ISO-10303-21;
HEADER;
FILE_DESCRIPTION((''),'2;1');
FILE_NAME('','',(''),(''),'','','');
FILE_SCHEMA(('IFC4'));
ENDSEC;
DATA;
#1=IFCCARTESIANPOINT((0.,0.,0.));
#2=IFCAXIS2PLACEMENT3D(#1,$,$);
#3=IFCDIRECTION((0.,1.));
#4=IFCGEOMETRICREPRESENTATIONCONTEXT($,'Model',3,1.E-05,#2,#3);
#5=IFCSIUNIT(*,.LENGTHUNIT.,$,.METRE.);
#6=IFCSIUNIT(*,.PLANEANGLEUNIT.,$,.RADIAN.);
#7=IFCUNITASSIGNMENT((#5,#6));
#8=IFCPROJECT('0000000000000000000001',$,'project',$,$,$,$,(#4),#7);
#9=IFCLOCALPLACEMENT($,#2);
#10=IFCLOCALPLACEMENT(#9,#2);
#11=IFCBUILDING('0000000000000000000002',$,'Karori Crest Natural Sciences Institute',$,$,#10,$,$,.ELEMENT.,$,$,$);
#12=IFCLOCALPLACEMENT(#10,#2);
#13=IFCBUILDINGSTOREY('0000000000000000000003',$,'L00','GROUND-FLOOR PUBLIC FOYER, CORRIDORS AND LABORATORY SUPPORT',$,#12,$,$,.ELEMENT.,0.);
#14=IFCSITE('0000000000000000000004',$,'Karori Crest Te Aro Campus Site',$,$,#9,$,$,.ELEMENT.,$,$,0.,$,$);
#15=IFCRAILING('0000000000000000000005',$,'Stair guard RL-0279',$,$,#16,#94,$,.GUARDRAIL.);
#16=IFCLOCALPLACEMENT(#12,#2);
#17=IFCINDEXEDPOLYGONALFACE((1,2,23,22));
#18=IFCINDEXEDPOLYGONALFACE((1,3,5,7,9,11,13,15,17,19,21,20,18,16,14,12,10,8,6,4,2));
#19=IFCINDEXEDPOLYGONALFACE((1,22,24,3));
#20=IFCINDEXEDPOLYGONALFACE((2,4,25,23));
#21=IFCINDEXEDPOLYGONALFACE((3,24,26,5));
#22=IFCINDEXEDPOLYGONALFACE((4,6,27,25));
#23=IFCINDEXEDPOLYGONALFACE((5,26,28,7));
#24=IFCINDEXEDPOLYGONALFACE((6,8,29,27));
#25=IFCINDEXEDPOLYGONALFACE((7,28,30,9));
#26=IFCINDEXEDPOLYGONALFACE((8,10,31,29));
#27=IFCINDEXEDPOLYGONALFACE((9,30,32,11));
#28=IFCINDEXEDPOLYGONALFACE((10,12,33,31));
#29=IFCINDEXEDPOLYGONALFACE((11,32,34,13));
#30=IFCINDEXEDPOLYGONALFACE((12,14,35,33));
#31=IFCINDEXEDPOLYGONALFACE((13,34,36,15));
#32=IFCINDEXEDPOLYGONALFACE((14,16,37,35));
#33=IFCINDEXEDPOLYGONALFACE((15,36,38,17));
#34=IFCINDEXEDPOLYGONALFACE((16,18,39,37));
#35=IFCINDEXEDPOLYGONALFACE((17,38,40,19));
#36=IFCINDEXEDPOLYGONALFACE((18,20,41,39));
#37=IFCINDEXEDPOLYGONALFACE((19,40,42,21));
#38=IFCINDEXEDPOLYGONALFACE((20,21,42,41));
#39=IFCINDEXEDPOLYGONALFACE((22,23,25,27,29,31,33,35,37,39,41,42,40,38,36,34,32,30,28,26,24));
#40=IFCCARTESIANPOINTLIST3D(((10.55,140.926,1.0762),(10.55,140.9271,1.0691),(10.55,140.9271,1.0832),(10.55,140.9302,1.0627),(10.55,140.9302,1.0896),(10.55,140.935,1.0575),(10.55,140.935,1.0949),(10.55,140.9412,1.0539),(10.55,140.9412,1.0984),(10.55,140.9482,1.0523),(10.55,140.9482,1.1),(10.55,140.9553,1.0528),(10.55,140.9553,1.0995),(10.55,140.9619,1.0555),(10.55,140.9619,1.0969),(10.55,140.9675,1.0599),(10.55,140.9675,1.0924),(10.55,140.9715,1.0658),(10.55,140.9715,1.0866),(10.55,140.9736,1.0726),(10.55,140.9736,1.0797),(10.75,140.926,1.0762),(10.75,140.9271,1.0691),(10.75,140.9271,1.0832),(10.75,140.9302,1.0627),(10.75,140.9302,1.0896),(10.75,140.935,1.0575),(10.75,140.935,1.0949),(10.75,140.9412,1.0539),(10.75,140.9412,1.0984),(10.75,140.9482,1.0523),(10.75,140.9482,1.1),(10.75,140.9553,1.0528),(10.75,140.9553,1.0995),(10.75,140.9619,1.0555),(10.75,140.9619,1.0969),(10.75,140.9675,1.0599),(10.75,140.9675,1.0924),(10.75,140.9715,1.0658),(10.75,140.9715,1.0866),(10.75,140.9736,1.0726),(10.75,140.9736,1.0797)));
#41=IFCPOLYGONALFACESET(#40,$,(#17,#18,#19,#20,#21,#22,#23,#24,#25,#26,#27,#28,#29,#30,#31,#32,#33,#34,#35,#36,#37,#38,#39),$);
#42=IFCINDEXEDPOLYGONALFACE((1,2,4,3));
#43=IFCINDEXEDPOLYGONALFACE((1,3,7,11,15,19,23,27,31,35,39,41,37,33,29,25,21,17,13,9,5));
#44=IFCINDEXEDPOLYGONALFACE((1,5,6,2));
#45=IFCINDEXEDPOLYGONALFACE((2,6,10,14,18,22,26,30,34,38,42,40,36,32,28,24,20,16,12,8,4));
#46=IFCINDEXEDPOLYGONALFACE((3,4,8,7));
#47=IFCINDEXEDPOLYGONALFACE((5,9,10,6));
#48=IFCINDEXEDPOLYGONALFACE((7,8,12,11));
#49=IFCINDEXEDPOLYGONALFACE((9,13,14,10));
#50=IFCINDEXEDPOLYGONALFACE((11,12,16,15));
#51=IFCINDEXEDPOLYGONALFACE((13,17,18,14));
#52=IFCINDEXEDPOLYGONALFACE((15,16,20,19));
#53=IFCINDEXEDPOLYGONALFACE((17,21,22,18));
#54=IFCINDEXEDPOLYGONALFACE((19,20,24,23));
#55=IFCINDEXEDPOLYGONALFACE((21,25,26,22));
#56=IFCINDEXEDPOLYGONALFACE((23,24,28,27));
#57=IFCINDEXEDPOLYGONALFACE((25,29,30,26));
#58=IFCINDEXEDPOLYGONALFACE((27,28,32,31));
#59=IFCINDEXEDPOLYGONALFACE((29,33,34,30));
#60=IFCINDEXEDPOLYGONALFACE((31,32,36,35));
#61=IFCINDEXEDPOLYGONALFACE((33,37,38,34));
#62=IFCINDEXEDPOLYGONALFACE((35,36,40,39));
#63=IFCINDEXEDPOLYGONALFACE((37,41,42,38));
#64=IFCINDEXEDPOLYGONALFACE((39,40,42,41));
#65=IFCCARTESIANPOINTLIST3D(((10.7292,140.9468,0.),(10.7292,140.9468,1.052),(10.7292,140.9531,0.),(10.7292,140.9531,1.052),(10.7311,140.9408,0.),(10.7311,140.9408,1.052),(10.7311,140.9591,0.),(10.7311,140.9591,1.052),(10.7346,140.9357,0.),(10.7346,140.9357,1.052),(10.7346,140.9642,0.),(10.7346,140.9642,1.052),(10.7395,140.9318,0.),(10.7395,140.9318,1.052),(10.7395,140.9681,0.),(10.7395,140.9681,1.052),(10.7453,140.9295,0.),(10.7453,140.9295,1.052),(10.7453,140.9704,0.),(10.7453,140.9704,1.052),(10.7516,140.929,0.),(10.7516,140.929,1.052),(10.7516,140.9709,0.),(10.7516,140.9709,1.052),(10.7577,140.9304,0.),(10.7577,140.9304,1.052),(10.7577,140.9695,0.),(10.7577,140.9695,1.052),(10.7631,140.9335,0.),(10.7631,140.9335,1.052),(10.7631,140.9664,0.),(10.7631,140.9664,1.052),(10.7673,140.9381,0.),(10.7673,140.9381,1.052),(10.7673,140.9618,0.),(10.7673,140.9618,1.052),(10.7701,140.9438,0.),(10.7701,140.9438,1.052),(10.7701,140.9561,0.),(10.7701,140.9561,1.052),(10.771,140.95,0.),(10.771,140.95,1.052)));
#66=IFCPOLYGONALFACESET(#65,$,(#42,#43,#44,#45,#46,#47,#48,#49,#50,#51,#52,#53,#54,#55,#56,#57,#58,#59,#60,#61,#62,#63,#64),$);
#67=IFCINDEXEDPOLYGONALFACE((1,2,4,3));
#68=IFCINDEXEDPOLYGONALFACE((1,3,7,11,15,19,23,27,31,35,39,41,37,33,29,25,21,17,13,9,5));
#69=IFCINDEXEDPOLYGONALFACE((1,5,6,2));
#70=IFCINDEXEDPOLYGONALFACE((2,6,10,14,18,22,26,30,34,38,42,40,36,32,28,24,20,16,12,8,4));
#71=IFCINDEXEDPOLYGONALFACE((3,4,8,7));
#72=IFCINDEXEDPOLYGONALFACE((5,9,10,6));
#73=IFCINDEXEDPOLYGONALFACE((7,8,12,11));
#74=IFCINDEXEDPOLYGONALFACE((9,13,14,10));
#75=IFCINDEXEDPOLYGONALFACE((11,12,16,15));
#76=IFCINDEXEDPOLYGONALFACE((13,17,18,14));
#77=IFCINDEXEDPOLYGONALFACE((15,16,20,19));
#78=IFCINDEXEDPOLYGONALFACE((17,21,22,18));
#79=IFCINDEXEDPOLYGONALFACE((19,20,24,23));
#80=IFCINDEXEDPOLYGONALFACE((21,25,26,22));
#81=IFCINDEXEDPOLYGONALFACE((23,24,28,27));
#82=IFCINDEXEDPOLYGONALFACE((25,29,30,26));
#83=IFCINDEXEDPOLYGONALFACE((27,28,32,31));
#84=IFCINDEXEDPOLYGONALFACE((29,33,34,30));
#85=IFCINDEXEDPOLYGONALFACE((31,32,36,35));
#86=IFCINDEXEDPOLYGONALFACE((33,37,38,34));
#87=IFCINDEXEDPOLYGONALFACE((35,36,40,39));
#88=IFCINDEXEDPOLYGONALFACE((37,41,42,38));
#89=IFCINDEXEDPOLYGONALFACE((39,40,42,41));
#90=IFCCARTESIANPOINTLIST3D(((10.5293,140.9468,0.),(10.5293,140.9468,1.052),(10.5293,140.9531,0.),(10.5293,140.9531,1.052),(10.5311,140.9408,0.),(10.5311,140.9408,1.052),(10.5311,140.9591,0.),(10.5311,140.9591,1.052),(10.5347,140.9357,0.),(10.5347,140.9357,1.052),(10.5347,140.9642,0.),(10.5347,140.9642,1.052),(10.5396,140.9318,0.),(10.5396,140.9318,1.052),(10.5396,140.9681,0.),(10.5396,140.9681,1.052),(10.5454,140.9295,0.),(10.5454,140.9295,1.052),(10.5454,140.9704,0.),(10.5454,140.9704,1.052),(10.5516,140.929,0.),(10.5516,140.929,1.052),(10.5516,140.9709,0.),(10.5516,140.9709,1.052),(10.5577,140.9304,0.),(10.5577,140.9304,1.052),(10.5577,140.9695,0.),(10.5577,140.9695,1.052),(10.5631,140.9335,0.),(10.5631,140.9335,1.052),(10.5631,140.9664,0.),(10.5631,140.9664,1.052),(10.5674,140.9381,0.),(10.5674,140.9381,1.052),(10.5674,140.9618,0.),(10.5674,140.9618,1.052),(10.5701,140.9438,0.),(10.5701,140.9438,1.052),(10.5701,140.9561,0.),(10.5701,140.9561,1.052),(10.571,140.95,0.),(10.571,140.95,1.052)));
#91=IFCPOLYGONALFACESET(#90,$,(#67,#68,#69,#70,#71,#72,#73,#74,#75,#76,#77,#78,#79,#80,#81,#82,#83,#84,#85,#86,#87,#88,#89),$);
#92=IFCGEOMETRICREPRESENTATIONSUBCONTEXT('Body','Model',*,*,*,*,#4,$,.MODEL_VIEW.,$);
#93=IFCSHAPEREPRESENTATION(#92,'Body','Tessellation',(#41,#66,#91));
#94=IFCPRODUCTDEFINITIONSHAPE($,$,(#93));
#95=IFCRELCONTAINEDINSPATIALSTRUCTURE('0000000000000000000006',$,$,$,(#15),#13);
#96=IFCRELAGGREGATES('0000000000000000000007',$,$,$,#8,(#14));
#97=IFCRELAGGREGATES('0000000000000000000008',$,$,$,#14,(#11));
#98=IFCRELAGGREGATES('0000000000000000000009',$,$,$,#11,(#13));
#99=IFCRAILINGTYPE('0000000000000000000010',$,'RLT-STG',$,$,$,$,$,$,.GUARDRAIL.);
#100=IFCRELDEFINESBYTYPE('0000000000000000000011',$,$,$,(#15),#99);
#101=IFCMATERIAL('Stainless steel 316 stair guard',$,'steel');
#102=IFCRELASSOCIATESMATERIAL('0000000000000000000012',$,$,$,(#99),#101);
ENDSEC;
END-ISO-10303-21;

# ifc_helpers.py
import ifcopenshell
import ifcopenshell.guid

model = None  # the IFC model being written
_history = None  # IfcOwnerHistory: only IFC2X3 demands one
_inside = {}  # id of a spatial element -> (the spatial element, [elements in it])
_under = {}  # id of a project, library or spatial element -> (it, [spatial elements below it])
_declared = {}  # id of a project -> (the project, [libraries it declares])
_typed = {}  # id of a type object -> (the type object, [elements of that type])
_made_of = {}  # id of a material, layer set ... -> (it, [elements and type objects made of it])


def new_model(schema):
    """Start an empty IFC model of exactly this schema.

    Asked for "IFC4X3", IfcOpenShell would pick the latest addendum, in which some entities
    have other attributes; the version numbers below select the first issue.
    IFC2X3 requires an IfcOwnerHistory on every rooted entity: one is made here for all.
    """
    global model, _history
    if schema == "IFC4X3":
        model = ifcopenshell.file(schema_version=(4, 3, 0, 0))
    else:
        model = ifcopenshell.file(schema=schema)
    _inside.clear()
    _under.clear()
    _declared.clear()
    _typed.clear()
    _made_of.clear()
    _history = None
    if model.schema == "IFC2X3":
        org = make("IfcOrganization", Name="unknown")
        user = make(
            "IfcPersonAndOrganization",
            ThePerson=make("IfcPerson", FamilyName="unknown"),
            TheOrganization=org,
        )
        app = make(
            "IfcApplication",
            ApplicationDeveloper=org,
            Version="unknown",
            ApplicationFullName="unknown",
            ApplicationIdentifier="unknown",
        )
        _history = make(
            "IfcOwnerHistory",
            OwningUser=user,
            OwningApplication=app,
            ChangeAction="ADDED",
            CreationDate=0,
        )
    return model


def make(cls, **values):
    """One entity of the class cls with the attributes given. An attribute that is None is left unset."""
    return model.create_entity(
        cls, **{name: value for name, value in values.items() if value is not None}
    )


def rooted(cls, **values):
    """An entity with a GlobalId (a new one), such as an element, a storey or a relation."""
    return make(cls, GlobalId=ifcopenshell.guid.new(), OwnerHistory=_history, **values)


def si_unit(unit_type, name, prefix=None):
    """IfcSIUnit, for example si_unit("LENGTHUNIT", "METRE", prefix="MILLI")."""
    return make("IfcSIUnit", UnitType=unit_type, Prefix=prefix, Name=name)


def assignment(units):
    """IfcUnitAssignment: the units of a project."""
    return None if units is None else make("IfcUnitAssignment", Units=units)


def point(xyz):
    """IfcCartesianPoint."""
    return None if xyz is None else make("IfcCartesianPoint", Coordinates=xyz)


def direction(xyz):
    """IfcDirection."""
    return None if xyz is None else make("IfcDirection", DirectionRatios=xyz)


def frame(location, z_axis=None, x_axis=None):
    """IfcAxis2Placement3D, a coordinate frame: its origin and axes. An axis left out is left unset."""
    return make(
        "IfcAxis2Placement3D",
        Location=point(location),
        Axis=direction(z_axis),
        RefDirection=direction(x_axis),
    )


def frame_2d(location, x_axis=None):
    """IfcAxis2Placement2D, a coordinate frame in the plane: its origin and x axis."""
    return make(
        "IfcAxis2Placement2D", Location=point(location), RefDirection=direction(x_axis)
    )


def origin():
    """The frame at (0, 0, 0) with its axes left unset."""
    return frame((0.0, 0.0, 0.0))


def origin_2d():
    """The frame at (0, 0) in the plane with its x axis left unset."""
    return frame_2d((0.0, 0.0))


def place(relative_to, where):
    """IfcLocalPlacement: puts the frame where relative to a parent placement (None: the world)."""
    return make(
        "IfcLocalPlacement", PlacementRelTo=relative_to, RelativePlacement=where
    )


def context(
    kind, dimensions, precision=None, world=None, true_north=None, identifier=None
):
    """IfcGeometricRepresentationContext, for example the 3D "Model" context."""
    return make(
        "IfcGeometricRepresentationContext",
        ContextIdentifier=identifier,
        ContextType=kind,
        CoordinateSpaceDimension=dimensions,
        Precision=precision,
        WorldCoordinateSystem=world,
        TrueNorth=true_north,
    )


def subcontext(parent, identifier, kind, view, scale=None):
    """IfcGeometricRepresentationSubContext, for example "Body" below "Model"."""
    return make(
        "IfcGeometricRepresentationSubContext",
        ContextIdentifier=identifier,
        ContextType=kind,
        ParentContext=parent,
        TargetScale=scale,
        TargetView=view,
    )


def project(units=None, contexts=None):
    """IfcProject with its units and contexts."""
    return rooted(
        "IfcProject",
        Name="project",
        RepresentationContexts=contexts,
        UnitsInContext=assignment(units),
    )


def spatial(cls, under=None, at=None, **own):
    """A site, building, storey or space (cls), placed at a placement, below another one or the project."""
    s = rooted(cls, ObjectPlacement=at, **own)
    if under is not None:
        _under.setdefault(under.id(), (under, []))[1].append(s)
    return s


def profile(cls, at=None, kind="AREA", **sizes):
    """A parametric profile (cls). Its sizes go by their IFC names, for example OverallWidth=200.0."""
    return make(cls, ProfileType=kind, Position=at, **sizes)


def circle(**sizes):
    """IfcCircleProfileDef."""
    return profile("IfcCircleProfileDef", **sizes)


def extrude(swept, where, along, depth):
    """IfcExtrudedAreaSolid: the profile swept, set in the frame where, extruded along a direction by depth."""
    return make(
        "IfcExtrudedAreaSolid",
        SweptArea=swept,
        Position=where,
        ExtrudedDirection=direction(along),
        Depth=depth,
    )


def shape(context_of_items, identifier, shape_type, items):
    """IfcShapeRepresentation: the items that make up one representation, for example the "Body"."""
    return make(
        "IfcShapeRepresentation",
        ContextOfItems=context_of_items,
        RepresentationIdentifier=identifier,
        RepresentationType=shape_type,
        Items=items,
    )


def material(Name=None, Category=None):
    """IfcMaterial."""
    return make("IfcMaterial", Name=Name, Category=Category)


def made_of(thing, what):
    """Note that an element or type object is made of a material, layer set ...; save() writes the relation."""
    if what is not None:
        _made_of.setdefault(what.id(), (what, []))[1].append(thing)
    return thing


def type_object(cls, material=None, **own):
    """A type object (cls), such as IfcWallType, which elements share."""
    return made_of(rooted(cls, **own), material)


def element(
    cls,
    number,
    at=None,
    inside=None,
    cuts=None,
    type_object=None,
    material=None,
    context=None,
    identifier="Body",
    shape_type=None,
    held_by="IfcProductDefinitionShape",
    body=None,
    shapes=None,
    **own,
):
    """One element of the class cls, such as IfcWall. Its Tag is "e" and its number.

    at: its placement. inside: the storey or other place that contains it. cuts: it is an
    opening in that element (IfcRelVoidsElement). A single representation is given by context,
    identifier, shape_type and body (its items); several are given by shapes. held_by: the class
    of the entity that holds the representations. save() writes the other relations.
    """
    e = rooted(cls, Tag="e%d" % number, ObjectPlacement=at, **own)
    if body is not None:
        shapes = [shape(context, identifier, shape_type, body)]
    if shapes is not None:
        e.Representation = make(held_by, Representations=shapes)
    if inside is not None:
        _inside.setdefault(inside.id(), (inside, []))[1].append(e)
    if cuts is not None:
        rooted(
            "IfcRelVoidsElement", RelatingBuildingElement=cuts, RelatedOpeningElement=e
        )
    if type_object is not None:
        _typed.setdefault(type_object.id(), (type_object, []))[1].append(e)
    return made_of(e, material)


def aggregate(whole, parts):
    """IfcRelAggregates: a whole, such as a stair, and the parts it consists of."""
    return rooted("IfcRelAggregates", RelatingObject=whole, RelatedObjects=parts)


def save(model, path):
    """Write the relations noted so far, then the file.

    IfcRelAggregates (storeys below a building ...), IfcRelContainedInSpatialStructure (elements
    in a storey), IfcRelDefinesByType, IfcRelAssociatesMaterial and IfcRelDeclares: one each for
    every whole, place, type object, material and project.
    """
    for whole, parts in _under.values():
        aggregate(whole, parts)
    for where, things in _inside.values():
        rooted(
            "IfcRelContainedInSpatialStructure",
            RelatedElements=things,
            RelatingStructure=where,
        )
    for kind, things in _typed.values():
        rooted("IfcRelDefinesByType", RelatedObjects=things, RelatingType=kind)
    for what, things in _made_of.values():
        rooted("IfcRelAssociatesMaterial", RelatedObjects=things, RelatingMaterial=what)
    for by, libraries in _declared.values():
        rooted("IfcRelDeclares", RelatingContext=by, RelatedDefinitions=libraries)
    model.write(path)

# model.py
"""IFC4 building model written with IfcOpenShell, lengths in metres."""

from ifc_helpers import new_model, si_unit, direction, frame, origin, origin_2d, place, context, subcontext, project, spatial, circle, extrude, material, type_object, element, save


model = new_model("IFC4")

# Units and contexts
model_context = context("Model", 3, precision=1e-05, world=origin(), true_north=direction((0.0, 1.0)))
body_context = subcontext(model_context, "Body", "Model", "MODEL_VIEW")
ifc_project = project(units=[si_unit("LENGTHUNIT", "METRE"), si_unit("PLANEANGLEUNIT", "RADIAN")], contexts=[model_context])

# Site, building, storey
site_placement = place(None, origin())
site = spatial("IfcSite", under=ifc_project, at=site_placement, Name="Karori Crest Te Aro Campus Site", CompositionType="ELEMENT", RefElevation=0.0)
building_placement = place(site_placement, origin())
building = spatial("IfcBuilding", under=site, at=building_placement, Name="Karori Crest Natural Sciences Institute", CompositionType="ELEMENT")
storey_placement = place(building_placement, origin())
storey = spatial("IfcBuildingStorey", under=building, at=storey_placement, Name="L00", Description="GROUND-FLOOR PUBLIC FOYER, CORRIDORS AND LABORATORY SUPPORT", CompositionType="ELEMENT", Elevation=0.0)

# Railing
ifc_material_1 = material(Name="Stainless steel 316 stair guard", Category="steel")
railing_type_1 = type_object("IfcRailingType", Name="RLT-STG", PredefinedType="GUARDRAIL", material=ifc_material_1)
railing_1_placement = place(storey_placement, frame((10.75, 140.95, 0.0)))
element("IfcRailing", 1, at=railing_1_placement, inside=storey, type_object=railing_type_1, Name="Stair guard RL-0279", PredefinedType="GUARDRAIL", context=body_context, shape_type="SweptSolid", body=[
    extrude(circle(Radius=0.0239, at=origin_2d()), frame((0.0, 0.0, 1.0762), z_axis=(-1.0, 0.0, 0.0), x_axis=(0.0, -1.0, 0.0)), (0.0, 0.0, 1.0), 0.2),
    extrude(circle(Radius=0.021, at=origin_2d()), origin(), (0.0, 0.0, 1.0), 1.052),
    extrude(circle(Radius=0.021, at=origin_2d()), frame((-0.2, 0.0, 0.0)), (0.0, 0.0, 1.0), 1.052),
])

save(model, "model.ifc")
